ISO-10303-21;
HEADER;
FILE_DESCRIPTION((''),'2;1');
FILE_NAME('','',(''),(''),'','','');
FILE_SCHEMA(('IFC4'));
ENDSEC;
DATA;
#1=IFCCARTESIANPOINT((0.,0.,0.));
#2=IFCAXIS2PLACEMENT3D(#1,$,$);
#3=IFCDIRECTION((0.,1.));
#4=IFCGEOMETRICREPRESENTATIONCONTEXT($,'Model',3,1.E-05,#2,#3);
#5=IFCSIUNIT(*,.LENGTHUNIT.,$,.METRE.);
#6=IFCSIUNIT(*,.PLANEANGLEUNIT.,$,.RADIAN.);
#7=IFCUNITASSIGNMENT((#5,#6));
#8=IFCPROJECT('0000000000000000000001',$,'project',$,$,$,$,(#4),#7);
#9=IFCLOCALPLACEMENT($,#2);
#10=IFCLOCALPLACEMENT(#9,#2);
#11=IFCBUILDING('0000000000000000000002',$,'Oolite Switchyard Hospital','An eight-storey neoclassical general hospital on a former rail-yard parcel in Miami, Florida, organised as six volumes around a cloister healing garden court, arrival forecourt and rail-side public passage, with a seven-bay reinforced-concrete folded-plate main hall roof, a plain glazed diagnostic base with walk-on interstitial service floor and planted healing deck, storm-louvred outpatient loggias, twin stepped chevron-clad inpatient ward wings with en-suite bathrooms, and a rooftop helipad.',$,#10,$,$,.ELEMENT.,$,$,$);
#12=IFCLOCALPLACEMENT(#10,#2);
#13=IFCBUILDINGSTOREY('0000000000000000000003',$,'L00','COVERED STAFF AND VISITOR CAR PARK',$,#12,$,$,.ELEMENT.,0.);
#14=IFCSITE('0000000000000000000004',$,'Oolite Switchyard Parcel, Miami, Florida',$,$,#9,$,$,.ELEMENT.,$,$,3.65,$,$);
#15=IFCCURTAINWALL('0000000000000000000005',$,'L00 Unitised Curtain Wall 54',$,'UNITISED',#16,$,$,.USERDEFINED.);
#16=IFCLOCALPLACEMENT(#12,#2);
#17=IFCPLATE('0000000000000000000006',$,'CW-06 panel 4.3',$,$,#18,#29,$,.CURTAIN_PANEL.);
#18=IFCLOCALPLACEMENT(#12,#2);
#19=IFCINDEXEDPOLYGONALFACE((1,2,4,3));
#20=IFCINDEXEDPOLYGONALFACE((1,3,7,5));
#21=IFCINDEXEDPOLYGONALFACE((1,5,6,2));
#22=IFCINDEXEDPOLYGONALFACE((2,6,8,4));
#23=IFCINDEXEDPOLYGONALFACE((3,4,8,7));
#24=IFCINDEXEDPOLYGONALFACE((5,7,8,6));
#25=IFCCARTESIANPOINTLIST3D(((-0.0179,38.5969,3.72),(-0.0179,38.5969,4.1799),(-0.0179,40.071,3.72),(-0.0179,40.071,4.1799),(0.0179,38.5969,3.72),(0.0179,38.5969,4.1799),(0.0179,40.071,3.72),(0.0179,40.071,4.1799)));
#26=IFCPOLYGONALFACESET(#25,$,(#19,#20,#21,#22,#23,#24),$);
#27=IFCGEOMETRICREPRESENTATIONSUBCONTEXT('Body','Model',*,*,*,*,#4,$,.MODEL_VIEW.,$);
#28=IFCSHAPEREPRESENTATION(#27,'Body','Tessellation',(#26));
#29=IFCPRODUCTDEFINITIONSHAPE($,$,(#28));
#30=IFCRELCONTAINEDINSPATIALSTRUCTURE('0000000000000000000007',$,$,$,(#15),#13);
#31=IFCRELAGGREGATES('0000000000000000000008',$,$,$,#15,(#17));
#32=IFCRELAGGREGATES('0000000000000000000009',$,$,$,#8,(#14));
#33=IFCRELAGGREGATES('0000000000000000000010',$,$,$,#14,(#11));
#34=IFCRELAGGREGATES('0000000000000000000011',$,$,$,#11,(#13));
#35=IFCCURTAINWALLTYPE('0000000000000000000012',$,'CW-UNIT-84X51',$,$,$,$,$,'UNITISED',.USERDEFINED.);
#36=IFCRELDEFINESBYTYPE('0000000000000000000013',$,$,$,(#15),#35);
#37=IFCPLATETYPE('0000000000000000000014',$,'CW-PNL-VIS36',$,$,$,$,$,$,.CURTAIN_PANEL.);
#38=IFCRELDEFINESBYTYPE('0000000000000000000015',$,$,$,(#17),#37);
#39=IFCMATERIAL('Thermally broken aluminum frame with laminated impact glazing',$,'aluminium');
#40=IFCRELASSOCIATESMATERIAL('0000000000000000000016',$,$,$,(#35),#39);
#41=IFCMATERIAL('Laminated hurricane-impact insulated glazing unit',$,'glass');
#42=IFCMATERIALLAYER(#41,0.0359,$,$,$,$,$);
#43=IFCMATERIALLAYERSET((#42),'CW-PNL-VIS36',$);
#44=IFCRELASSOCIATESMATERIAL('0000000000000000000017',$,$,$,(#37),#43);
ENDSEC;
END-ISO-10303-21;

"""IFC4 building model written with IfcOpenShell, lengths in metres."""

from ifc_helpers import new_model, si_unit, direction, frame, origin, origin_2d, place, context, subcontext, project, spatial, rectangle, extrude, material, layer, layer_set, type_object, element, aggregate, save


model = new_model("IFC4")

# Units and contexts
model_context = context("Model", 3, precision=1e-05, world=origin(), true_north=direction((0.0, 1.0)))
body_context = subcontext(model_context, "Body", "Model", "MODEL_VIEW")
ifc_project = project(units=[si_unit("LENGTHUNIT", "METRE"), si_unit("PLANEANGLEUNIT", "RADIAN")], contexts=[model_context])

# Site, building, storey
site_placement = place(None, origin())
site = spatial("IfcSite", under=ifc_project, at=site_placement, Name="Oolite Switchyard Parcel, Miami, Florida", CompositionType="ELEMENT", RefElevation=3.65)
building_placement = place(site_placement, origin())
building = spatial("IfcBuilding", under=site, at=building_placement, Name="Oolite Switchyard Hospital", Description="An eight-storey neoclassical general hospital on a former rail-yard parcel in Miami, Florida, organised as six volumes around a cloister healing garden court, arrival forecourt and rail-side public passage, with a seven-bay reinforced-concrete folded-plate main hall roof, a plain glazed diagnostic base with walk-on interstitial service floor and planted healing deck, storm-louvred outpatient loggias, twin stepped chevron-clad inpatient ward wings with en-suite bathrooms, and a rooftop helipad.", CompositionType="ELEMENT")
storey_placement = place(building_placement, origin())
storey = spatial("IfcBuildingStorey", under=building, at=storey_placement, Name="L00", Description="COVERED STAFF AND VISITOR CAR PARK", CompositionType="ELEMENT", Elevation=0.0)

# Curtain wall, plate
ifc_material_1 = material(Name="Thermally broken aluminum frame with laminated impact glazing", Category="aluminium")
curtain_wall_type = type_object("IfcCurtainWallType", Name="CW-UNIT-84X51", ElementType="UNITISED", PredefinedType="USERDEFINED", material=ifc_material_1)
curtain_wall_placement = place(storey_placement, origin())
curtain_wall = element("IfcCurtainWall", 1, at=curtain_wall_placement, inside=storey, type_object=curtain_wall_type, Name="L00 Unitised Curtain Wall 54", ObjectType="UNITISED", PredefinedType="USERDEFINED")
ifc_material_2 = material(Name="Laminated hurricane-impact insulated glazing unit", Category="glass")
ifc_layer = layer(ifc_material_2, 0.0359)
ifc_layer_set = layer_set([ifc_layer], Name="CW-PNL-VIS36")
plate_type = type_object("IfcPlateType", Name="CW-PNL-VIS36", PredefinedType="CURTAIN_PANEL", material=ifc_layer_set)
plate_1_placement = place(storey_placement, frame((0.0, 39.334, 3.72), z_axis=(0.0, 0.0, 1.0), x_axis=(0.0, 1.0, 0.0)))
plate_1 = element("IfcPlate", 2, at=plate_1_placement, type_object=plate_type, Name="CW-06 panel 4.3", PredefinedType="CURTAIN_PANEL", context=body_context, shape_type="SweptSolid", body=[
    extrude(rectangle(XDim=1.4741, YDim=0.0359, at=origin_2d()), origin(), (0.0, 0.0, 1.0), 0.46),
])
aggregate(curtain_wall, [plate_1])

save(model, "model.ifc")
